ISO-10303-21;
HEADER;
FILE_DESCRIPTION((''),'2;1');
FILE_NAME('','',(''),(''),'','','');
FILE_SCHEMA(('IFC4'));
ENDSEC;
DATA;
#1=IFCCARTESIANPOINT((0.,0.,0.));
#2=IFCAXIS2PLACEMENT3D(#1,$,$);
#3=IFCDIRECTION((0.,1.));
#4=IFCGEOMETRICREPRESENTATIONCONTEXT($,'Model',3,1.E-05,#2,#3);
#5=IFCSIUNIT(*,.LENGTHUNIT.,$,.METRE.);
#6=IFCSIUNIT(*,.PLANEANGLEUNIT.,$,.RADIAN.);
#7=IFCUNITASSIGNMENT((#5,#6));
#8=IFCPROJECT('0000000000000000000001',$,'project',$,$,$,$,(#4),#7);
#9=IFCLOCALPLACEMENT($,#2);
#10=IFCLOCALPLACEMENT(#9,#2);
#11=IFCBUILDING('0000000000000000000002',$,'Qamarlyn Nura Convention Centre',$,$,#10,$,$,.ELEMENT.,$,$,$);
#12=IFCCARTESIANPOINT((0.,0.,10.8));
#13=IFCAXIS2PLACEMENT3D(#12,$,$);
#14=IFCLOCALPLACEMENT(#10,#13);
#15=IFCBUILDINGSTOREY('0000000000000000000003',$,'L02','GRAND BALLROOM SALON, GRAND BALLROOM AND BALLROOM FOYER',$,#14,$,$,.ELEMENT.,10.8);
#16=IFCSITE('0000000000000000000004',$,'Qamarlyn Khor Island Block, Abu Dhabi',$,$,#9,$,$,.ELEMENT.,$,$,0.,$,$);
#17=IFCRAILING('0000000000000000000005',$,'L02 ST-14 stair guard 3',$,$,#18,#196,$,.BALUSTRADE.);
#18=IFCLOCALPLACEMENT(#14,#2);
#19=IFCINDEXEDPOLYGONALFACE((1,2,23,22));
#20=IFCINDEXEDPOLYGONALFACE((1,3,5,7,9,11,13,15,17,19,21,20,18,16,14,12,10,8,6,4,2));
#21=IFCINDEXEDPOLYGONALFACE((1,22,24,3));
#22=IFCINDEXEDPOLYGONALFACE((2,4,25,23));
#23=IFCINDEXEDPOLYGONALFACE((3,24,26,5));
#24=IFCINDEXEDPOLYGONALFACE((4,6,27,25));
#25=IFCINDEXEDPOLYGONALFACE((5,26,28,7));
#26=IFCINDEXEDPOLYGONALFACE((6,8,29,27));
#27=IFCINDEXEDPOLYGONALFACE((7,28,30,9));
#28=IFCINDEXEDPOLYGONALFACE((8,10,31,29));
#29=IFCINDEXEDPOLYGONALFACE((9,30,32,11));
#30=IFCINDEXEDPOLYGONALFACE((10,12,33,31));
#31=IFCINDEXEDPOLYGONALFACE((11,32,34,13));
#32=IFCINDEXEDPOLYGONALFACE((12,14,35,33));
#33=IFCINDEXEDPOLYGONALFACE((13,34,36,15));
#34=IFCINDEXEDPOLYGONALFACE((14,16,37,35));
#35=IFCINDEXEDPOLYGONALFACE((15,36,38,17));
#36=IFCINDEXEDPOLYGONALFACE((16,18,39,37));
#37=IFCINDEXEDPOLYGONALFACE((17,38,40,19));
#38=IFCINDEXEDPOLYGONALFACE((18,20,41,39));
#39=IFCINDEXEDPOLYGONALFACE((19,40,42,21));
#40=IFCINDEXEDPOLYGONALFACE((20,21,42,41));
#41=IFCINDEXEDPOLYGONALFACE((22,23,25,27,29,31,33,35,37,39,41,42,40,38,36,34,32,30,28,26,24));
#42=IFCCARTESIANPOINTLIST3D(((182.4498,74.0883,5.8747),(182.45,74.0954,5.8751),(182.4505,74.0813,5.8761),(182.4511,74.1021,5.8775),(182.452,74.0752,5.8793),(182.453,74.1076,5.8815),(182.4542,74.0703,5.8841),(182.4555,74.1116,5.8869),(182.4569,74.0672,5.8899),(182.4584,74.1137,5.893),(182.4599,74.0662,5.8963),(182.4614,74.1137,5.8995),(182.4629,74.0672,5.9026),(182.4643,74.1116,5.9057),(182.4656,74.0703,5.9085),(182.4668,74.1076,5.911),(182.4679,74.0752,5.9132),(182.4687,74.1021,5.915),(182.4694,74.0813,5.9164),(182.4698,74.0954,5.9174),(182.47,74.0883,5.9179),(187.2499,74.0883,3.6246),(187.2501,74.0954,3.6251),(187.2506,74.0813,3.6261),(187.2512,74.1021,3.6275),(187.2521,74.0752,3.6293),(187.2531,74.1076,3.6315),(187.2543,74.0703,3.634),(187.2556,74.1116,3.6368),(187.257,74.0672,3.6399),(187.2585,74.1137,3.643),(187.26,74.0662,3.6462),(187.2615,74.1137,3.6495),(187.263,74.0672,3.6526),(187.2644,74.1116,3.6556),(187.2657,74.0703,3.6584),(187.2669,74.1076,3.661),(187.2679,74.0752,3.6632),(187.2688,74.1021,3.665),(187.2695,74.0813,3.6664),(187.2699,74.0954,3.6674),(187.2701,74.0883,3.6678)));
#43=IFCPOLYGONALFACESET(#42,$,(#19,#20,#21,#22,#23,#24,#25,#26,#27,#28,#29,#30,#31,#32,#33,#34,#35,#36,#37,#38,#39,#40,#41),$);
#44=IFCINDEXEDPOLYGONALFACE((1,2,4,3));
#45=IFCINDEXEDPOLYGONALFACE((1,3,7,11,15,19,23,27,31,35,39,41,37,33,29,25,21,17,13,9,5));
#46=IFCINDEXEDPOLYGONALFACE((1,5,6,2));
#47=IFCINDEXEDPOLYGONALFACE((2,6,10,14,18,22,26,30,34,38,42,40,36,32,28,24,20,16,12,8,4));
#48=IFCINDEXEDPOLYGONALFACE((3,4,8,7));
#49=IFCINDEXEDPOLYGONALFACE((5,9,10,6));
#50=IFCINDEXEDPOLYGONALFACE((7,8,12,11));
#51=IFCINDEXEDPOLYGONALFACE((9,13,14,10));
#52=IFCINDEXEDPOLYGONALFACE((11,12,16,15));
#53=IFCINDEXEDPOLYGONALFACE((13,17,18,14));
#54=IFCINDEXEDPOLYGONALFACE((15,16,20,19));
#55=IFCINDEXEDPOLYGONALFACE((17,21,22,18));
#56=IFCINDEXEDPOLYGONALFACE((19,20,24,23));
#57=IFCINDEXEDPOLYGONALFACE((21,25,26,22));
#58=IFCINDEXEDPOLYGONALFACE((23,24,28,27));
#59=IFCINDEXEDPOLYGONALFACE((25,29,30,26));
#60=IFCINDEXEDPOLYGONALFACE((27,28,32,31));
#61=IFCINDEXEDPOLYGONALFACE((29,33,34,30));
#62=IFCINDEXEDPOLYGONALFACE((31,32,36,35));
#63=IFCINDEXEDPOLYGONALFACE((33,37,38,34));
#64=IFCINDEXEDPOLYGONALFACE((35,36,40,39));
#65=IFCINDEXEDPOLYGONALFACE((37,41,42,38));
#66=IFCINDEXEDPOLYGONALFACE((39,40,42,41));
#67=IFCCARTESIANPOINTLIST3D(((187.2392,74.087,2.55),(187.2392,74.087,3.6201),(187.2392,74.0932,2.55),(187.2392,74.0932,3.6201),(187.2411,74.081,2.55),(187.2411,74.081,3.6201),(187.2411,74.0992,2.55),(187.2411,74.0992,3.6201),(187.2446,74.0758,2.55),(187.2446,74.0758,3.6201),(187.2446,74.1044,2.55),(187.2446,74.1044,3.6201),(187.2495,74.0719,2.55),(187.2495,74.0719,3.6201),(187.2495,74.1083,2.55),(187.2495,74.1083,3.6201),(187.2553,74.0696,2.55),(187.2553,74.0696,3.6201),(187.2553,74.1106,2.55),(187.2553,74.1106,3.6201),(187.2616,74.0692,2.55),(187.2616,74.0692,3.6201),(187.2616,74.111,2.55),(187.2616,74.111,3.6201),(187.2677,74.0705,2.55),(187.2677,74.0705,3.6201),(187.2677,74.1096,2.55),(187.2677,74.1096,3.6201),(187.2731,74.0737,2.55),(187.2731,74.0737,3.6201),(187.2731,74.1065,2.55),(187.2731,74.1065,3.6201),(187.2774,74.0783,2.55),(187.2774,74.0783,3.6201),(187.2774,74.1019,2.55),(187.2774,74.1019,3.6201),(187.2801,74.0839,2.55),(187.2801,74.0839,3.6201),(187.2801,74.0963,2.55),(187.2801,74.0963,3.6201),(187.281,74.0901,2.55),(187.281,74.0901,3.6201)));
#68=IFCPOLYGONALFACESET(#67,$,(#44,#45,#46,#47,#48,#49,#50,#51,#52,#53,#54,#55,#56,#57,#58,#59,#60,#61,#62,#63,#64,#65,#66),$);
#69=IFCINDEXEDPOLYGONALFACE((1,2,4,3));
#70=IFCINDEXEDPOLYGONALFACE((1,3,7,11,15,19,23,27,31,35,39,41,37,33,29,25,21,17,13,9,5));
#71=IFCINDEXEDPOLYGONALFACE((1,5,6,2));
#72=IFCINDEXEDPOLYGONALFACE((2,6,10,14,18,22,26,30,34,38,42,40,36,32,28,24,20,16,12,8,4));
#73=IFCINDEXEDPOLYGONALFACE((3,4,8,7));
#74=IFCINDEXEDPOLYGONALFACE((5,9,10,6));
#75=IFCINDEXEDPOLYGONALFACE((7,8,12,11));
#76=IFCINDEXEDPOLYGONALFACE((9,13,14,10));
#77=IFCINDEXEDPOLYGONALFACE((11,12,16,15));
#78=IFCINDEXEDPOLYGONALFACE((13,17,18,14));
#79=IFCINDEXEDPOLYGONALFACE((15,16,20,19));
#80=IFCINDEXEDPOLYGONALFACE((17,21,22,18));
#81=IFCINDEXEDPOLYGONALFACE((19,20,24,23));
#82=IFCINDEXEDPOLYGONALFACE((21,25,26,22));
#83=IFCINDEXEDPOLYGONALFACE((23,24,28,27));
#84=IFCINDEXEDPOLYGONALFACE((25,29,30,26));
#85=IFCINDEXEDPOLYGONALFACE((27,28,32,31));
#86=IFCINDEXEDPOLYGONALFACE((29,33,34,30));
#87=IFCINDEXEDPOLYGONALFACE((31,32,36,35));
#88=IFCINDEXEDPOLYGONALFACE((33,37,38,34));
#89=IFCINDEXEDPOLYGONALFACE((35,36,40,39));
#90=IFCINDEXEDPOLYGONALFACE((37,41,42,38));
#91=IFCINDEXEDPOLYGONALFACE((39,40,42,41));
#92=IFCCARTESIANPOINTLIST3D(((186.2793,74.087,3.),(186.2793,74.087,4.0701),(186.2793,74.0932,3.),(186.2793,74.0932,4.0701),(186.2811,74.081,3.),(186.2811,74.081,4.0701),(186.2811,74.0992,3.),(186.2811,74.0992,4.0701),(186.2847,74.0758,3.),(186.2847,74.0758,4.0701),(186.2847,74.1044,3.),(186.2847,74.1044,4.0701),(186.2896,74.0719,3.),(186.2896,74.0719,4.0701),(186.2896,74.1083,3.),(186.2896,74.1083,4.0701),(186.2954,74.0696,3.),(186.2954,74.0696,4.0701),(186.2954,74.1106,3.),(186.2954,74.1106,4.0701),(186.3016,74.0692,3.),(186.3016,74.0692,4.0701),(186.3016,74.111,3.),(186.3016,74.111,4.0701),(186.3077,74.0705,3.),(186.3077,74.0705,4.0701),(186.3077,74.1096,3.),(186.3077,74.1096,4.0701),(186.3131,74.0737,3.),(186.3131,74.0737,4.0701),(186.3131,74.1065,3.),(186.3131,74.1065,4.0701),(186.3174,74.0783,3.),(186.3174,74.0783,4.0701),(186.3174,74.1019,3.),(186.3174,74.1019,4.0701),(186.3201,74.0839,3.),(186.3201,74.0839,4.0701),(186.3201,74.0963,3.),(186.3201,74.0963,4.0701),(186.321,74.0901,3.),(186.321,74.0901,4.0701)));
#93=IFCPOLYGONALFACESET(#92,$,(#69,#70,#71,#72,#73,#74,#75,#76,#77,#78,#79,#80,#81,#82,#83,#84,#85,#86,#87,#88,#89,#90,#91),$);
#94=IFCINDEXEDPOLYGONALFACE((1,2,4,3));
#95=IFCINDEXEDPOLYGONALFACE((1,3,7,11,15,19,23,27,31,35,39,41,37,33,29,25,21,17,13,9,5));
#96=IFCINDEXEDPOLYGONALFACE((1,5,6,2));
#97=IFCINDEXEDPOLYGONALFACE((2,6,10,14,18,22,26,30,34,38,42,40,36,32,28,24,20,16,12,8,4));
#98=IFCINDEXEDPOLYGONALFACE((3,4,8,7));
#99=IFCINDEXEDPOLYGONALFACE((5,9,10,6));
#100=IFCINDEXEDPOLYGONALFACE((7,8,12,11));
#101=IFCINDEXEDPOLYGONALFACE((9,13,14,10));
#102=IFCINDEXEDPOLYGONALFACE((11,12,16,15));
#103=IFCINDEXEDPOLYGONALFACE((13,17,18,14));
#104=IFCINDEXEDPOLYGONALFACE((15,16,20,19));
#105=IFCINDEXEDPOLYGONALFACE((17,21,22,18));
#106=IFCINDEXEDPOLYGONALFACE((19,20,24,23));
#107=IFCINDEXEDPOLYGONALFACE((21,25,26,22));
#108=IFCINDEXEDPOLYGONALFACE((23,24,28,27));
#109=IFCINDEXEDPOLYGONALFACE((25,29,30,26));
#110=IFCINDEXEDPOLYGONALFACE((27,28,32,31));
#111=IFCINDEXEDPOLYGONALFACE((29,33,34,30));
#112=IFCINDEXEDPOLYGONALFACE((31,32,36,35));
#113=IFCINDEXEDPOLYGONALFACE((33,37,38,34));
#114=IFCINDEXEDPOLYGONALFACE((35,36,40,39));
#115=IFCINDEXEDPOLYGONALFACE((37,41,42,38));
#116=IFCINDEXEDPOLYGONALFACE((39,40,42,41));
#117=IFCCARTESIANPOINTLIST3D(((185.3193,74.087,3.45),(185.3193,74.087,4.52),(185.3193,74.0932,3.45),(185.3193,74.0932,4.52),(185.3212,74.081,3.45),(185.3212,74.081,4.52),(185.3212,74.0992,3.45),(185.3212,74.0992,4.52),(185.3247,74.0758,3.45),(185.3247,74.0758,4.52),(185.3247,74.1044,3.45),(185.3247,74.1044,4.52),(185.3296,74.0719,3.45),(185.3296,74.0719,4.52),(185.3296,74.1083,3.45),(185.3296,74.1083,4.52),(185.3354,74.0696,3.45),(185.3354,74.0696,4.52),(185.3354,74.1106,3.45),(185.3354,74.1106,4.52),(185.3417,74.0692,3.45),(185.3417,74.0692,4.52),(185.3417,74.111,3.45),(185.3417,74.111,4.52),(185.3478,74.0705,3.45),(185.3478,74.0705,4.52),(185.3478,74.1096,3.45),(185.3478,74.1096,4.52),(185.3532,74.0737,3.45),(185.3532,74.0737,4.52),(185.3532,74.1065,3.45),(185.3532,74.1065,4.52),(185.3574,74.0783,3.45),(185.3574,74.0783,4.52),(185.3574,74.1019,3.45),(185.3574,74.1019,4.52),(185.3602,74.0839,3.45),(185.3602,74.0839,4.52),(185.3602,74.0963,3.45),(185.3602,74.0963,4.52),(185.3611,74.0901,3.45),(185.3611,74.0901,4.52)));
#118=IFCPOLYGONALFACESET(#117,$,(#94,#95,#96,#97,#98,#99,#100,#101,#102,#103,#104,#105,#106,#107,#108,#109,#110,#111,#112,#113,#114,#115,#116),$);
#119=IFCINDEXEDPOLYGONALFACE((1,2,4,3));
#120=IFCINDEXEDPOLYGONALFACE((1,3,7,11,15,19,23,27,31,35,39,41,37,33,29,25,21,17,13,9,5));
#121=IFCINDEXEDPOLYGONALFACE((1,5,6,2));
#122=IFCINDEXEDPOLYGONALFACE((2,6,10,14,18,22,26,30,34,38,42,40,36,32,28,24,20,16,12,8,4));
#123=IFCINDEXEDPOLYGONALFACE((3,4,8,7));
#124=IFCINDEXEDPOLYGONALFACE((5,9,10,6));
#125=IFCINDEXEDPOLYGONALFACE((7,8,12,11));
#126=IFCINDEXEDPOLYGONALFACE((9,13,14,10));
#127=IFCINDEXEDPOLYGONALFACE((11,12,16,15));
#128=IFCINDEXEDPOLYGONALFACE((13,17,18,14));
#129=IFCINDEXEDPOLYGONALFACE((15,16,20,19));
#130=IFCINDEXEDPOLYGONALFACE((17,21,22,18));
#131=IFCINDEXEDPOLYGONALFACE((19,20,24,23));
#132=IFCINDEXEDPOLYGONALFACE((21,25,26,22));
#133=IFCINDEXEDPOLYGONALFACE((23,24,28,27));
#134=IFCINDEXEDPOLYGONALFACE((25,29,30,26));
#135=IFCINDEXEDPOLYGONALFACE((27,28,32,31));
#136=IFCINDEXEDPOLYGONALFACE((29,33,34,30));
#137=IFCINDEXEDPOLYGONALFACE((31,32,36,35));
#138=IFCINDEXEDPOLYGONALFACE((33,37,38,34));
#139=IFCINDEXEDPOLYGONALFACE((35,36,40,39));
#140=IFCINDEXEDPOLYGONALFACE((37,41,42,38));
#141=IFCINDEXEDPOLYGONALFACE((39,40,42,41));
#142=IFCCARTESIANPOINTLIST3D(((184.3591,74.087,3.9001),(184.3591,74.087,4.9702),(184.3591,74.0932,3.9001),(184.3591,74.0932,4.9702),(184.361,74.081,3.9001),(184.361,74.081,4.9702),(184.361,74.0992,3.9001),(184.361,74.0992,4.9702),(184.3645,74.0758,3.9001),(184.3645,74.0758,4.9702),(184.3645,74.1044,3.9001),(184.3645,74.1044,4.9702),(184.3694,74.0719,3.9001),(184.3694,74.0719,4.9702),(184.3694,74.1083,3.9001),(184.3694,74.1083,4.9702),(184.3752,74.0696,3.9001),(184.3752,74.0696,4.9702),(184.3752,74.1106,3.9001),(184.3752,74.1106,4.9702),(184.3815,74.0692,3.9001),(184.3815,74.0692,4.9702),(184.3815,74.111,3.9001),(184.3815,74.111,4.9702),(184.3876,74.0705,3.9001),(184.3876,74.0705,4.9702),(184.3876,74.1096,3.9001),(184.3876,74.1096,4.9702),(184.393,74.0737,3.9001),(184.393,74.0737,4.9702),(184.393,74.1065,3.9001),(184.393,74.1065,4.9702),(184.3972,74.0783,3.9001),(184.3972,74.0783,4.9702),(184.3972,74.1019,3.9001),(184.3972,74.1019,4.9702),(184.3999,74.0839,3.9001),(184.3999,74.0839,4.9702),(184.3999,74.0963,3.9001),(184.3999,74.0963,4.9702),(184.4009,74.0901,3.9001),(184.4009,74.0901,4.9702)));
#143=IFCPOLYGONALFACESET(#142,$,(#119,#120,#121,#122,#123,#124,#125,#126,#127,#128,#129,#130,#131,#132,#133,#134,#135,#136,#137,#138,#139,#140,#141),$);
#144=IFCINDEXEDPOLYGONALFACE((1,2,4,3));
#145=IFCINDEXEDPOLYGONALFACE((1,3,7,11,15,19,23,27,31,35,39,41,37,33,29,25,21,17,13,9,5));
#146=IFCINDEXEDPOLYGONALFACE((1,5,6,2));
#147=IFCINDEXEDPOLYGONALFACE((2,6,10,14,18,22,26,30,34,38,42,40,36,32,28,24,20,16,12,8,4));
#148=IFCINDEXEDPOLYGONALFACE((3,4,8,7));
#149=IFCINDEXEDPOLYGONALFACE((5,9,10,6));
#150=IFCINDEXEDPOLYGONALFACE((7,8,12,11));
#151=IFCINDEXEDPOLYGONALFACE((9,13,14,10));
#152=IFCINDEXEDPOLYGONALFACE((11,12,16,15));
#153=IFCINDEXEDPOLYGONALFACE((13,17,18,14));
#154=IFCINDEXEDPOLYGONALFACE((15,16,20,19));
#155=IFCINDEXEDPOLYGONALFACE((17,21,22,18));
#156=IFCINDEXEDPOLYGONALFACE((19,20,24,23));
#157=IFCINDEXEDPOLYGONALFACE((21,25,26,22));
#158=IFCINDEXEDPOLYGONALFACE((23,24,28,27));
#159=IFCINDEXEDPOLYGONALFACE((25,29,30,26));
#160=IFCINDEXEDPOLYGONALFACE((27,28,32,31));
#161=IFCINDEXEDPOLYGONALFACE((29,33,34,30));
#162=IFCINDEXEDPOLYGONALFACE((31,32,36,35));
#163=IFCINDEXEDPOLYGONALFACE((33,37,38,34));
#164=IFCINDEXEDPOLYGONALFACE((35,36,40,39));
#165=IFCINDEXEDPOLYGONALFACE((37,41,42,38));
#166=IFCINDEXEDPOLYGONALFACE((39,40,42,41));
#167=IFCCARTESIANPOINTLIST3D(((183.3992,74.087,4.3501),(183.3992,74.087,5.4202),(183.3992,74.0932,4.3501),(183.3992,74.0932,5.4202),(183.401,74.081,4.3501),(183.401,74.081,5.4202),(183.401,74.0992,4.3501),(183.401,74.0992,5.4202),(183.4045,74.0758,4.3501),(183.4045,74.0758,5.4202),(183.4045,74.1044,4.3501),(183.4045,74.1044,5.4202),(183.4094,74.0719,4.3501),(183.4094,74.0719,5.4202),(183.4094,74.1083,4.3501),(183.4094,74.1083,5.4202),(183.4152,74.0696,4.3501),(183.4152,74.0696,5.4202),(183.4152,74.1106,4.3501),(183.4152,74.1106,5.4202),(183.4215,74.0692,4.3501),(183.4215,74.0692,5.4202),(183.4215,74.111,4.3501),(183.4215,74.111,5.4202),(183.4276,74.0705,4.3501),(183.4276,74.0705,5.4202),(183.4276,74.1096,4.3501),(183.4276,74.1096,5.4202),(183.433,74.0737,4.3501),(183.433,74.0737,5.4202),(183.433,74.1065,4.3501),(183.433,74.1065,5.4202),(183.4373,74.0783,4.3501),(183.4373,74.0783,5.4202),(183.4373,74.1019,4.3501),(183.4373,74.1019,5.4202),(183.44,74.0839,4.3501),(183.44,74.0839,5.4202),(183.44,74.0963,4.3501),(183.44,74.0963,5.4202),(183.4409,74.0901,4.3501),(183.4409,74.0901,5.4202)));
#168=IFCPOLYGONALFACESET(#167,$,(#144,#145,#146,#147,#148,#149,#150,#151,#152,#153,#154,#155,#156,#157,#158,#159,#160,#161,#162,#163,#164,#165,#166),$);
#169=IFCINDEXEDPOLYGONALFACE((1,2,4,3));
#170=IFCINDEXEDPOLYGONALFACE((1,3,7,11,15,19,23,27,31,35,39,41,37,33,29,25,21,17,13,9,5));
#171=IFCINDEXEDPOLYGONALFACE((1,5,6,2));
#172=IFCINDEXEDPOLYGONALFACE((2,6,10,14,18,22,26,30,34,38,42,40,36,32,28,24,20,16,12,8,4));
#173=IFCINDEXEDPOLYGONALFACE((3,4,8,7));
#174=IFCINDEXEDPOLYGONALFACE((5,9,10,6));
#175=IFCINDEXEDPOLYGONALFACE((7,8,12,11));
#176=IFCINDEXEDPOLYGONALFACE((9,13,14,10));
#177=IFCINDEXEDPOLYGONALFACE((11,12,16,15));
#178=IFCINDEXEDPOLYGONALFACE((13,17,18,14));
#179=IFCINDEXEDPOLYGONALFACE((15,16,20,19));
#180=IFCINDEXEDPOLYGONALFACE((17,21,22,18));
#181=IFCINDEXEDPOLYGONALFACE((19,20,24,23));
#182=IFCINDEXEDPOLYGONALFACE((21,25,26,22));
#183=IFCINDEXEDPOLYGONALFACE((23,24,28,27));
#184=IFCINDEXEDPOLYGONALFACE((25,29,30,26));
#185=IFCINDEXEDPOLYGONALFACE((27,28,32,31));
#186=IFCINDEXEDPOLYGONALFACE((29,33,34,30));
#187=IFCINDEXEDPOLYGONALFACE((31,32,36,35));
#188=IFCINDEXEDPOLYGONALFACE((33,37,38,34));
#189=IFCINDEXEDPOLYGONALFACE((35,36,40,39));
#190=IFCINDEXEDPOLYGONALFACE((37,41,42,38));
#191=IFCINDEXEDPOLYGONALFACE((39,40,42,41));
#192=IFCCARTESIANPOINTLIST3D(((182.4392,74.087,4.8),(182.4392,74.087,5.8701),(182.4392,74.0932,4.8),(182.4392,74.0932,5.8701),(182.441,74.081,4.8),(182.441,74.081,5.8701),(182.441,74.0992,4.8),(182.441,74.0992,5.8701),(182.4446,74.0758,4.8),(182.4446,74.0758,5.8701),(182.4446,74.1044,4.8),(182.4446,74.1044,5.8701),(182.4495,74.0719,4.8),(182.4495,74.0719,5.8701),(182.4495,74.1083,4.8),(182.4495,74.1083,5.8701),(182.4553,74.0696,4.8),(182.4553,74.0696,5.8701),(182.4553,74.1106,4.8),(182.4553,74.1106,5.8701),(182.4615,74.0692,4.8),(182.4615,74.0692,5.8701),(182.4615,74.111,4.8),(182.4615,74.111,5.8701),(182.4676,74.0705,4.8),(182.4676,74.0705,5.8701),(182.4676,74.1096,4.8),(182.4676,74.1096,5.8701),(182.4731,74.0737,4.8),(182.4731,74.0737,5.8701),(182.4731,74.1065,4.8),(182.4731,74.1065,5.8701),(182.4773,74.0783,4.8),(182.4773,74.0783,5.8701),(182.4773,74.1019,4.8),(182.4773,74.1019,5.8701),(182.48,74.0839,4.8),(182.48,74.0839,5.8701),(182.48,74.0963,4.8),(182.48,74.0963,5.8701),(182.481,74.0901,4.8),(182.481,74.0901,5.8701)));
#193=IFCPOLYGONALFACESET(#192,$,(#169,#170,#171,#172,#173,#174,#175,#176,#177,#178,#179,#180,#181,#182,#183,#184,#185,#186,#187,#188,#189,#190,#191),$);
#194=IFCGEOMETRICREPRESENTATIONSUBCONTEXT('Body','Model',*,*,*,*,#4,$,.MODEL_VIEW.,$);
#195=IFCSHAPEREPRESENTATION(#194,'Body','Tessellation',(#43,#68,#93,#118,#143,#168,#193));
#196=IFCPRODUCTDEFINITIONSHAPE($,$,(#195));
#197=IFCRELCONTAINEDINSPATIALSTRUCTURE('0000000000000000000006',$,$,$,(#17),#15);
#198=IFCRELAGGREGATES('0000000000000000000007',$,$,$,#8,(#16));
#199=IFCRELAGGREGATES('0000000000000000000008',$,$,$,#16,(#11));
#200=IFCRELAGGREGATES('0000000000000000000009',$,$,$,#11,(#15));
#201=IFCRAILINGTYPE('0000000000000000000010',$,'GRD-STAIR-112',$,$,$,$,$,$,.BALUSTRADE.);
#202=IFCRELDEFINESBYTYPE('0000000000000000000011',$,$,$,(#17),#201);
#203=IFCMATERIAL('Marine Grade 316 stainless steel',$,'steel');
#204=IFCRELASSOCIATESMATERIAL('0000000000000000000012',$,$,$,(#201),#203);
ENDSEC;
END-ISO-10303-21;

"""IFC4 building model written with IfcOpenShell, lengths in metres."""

from ifc_helpers import new_model, si_unit, direction, frame, origin, origin_2d, place, context, subcontext, project, spatial, circle, extrude, material, type_object, element, save


model = new_model("IFC4")

# Units and contexts
model_context = context("Model", 3, precision=1e-05, world=origin(), true_north=direction((0.0, 1.0)))
body_context = subcontext(model_context, "Body", "Model", "MODEL_VIEW")
ifc_project = project(units=[si_unit("LENGTHUNIT", "METRE"), si_unit("PLANEANGLEUNIT", "RADIAN")], contexts=[model_context])

# Site, building, storey
site_placement = place(None, origin())
site = spatial("IfcSite", under=ifc_project, at=site_placement, Name="Qamarlyn Khor Island Block, Abu Dhabi", CompositionType="ELEMENT", RefElevation=0.0)
building_placement = place(site_placement, origin())
building = spatial("IfcBuilding", under=site, at=building_placement, Name="Qamarlyn Nura Convention Centre", CompositionType="ELEMENT")
storey_placement = place(building_placement, frame((0.0, 0.0, 10.8)))
storey = spatial("IfcBuildingStorey", under=building, at=storey_placement, Name="L02", Description="GRAND BALLROOM SALON, GRAND BALLROOM AND BALLROOM FOYER", CompositionType="ELEMENT", Elevation=10.8)

# Railing
ifc_material_1 = material(Name="Marine Grade 316 stainless steel", Category="steel")
railing_type_1 = type_object("IfcRailingType", Name="GRD-STAIR-112", PredefinedType="BALUSTRADE", material=ifc_material_1)
railing_1_placement = place(storey_placement, frame((187.26, 74.0901, 2.55)))
element("IfcRailing", 1, at=railing_1_placement, inside=storey, type_object=railing_type_1, Name="L02 ST-14 stair guard 3", PredefinedType="BALUSTRADE", context=body_context, shape_type="SweptSolid", body=[
    extrude(circle(Radius=0.0239, at=origin_2d()), frame((0.0, 0.0, 1.0962), z_axis=(-0.905461, 0.0, 0.42443), x_axis=(0.0, -1.0, 0.0)), (0.0, 0.0, 1.0), 5.3013),
    extrude(circle(Radius=0.021, at=origin_2d()), origin(), (0.0, 0.0, 1.0), 1.0701),
    extrude(circle(Radius=0.021, at=origin_2d()), frame((-0.96, 0.0, 0.45)), (0.0, 0.0, 1.0), 1.0701),
    extrude(circle(Radius=0.021, at=origin_2d()), frame((-1.9199, 0.0, 0.8999)), (0.0, 0.0, 1.0), 1.0701),
    extrude(circle(Radius=0.021, at=origin_2d()), frame((-2.8801, 0.0, 1.3501)), (0.0, 0.0, 1.0), 1.0701),
    extrude(circle(Radius=0.021, at=origin_2d()), frame((-3.8401, 0.0, 1.8)), (0.0, 0.0, 1.0), 1.0701),
    extrude(circle(Radius=0.021, at=origin_2d()), frame((-4.8, 0.0, 2.25)), (0.0, 0.0, 1.0), 1.0701),
])

save(model, "model.ifc")
